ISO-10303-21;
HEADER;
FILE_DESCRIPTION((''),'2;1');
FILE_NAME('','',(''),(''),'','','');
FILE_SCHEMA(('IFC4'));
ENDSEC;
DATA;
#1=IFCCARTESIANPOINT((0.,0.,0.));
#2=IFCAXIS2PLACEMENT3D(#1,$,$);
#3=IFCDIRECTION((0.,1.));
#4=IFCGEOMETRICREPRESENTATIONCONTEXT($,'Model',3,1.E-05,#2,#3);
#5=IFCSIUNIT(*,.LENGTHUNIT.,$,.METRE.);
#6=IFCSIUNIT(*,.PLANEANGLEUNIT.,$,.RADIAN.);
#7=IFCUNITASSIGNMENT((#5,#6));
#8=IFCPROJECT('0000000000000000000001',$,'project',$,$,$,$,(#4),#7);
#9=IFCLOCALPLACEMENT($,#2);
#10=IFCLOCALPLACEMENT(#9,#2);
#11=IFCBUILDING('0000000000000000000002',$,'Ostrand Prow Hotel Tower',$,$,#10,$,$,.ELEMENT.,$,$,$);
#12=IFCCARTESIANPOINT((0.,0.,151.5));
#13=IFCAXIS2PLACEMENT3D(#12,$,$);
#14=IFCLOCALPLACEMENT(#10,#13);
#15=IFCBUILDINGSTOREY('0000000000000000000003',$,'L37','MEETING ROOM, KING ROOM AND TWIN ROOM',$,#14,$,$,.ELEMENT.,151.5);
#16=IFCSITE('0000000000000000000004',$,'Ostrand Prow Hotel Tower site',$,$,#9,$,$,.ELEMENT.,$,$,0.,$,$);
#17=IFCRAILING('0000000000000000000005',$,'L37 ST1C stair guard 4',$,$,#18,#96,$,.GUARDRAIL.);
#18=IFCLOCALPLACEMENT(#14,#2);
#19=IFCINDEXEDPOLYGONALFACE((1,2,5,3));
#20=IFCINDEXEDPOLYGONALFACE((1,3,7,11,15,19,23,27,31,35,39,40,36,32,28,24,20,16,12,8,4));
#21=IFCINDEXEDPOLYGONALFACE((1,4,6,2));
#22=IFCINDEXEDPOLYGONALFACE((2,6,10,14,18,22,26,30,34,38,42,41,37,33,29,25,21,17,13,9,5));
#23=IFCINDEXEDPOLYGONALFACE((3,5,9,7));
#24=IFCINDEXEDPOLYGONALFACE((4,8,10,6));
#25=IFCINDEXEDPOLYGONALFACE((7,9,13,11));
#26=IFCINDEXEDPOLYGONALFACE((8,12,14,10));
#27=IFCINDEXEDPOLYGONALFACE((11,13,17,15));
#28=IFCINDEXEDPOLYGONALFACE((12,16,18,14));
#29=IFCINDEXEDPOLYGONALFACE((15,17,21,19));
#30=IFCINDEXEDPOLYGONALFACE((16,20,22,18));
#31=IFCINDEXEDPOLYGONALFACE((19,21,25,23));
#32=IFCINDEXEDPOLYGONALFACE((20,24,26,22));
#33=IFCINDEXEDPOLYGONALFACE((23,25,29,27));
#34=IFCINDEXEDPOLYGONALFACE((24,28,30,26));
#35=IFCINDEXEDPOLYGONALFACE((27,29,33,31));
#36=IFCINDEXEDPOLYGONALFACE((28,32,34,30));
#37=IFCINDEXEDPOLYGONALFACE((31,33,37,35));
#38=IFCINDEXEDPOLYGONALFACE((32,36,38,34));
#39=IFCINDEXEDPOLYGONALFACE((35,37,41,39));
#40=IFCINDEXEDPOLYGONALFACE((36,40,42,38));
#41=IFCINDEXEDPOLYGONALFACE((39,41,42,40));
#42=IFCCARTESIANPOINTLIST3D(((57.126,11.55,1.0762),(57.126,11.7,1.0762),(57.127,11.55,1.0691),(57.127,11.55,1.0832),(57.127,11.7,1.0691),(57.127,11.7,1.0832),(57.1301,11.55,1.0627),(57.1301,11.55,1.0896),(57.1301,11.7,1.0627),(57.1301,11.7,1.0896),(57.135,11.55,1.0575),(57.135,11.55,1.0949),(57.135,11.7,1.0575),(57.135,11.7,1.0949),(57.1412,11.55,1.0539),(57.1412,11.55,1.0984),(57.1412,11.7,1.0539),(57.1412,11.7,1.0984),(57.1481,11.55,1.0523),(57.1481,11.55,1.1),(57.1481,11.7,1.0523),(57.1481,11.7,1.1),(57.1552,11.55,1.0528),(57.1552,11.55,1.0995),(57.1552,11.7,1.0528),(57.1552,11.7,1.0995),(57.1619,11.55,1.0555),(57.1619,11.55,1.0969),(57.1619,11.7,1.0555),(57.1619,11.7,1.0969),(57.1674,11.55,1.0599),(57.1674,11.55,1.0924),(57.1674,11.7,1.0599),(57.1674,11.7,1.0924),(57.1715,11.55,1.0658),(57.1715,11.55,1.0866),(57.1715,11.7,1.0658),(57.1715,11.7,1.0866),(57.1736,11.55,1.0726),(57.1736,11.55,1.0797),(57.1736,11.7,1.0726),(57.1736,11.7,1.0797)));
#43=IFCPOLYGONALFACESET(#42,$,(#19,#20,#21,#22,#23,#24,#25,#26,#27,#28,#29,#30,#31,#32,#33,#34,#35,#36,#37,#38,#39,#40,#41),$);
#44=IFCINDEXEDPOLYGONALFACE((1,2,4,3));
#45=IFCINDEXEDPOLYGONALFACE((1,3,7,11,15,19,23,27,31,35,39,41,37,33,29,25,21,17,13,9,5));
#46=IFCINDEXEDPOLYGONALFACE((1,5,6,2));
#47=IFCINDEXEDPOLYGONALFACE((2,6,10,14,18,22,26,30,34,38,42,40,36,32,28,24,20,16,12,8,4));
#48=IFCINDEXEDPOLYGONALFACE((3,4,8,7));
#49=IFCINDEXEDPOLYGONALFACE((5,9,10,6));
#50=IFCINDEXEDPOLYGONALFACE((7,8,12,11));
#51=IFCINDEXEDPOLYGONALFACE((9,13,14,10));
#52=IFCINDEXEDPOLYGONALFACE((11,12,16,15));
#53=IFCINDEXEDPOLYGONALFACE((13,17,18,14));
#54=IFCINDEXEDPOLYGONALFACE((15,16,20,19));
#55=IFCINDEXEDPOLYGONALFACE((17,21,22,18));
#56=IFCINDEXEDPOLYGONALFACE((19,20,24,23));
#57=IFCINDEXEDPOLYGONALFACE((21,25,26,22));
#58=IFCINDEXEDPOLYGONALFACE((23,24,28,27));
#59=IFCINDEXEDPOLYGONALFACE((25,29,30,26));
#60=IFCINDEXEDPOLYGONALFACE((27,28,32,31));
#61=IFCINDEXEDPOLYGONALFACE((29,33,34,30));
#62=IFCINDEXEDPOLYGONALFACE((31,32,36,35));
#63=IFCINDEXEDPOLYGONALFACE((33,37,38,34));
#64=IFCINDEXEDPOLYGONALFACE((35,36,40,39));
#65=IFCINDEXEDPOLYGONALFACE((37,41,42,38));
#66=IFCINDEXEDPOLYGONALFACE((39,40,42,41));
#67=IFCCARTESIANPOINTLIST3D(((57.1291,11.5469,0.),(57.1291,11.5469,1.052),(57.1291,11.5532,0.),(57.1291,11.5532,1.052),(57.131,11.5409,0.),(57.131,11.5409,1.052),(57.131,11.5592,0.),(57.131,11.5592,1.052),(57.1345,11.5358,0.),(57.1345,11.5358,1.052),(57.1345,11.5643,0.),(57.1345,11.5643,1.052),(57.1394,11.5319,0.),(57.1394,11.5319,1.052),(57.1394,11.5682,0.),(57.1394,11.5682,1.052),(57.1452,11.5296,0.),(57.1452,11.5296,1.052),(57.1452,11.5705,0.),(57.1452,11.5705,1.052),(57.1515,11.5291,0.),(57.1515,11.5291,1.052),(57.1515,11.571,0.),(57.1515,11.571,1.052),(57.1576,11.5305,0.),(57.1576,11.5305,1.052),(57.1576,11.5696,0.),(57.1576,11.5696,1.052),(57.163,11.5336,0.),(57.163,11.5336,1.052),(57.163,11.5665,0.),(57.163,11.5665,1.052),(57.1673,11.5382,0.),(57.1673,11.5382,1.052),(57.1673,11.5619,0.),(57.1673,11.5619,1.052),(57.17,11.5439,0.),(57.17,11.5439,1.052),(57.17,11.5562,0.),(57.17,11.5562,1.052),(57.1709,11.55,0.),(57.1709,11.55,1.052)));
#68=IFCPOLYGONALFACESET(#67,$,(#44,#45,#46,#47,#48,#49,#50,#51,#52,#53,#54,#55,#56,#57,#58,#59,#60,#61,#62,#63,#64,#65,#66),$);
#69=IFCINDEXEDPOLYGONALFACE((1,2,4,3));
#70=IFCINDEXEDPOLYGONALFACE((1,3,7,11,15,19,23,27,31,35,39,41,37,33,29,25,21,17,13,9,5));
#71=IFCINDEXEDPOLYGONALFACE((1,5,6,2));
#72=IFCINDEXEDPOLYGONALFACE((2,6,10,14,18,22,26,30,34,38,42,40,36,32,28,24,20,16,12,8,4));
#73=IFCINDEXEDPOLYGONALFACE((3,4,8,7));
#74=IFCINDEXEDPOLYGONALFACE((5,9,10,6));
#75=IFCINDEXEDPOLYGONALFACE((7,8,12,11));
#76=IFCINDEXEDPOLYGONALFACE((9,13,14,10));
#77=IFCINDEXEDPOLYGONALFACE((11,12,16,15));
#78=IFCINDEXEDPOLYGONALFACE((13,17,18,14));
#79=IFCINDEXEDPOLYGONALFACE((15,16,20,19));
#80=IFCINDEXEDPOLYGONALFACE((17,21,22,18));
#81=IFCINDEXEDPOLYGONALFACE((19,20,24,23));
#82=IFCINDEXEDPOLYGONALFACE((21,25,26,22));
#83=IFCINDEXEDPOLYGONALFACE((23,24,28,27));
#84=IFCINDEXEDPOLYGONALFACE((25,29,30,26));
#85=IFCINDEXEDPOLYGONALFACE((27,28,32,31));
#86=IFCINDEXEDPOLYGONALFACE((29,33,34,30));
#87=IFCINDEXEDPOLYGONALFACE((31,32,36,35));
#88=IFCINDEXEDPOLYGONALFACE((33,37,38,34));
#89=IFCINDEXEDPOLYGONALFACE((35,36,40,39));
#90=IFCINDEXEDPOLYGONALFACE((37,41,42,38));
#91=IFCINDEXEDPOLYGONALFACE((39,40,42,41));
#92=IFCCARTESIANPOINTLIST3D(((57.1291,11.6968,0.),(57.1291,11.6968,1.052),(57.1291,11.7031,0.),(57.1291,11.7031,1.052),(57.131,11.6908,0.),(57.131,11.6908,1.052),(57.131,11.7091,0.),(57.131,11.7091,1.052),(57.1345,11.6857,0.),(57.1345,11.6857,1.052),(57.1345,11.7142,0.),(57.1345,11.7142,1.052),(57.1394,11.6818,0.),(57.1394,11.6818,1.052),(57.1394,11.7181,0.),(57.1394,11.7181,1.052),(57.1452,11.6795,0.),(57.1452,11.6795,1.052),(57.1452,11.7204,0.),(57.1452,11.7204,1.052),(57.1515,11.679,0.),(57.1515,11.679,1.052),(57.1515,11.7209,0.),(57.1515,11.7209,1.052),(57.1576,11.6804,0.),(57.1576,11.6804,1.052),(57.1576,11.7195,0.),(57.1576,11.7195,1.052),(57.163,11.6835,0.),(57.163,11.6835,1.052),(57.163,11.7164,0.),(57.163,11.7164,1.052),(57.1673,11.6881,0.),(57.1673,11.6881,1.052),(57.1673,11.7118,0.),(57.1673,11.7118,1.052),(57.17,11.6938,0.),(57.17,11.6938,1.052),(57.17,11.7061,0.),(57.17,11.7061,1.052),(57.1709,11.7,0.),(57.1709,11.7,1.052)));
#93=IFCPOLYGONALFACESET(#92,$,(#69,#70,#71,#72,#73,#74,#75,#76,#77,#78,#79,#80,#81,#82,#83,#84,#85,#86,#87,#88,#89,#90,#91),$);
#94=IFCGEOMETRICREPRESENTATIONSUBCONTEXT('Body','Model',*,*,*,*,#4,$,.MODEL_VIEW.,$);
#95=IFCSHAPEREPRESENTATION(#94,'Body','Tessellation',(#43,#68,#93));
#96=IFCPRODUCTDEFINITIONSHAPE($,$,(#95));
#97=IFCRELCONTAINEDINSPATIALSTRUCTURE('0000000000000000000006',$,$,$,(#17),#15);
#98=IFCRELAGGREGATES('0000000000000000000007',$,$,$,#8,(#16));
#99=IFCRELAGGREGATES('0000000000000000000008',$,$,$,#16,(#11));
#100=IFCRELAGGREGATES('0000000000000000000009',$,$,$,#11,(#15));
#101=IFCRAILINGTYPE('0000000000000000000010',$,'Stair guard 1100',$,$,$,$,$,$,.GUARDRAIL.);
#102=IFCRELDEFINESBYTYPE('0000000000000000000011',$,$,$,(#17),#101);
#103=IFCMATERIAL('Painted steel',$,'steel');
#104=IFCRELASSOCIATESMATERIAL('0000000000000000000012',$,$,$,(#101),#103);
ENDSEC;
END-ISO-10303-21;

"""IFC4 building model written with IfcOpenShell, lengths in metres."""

from ifc_helpers import new_model, si_unit, direction, frame, origin, origin_2d, place, context, subcontext, project, spatial, circle, extrude, material, type_object, element, save


model = new_model("IFC4")

# Units and contexts
model_context = context("Model", 3, precision=1e-05, world=origin(), true_north=direction((0.0, 1.0)))
body_context = subcontext(model_context, "Body", "Model", "MODEL_VIEW")
ifc_project = project(units=[si_unit("LENGTHUNIT", "METRE"), si_unit("PLANEANGLEUNIT", "RADIAN")], contexts=[model_context])

# Site, building, storey
site_placement = place(None, origin())
site = spatial("IfcSite", under=ifc_project, at=site_placement, Name="Ostrand Prow Hotel Tower site", CompositionType="ELEMENT", RefElevation=0.0)
building_placement = place(site_placement, origin())
building = spatial("IfcBuilding", under=site, at=building_placement, Name="Ostrand Prow Hotel Tower", CompositionType="ELEMENT")
storey_placement = place(building_placement, frame((0.0, 0.0, 151.5)))
storey = spatial("IfcBuildingStorey", under=building, at=storey_placement, Name="L37", Description="MEETING ROOM, KING ROOM AND TWIN ROOM", CompositionType="ELEMENT", Elevation=151.5)

# Railing
ifc_material_1 = material(Name="Painted steel", Category="steel")
railing_type_1 = type_object("IfcRailingType", Name="Stair guard 1100", PredefinedType="GUARDRAIL", material=ifc_material_1)
railing_1_placement = place(storey_placement, frame((57.1499, 11.55, 0.0)))
element("IfcRailing", 1, at=railing_1_placement, inside=storey, type_object=railing_type_1, Name="L37 ST1C stair guard 4", PredefinedType="GUARDRAIL", context=body_context, shape_type="SweptSolid", body=[
    extrude(circle(Radius=0.0239, at=origin_2d()), frame((0.0, 0.0, 1.0762), z_axis=(0.0, 1.0, 0.0), x_axis=(-1.0, 0.0, 0.0)), (0.0, 0.0, 1.0), 0.1499),
    extrude(circle(Radius=0.021, at=origin_2d()), origin(), (0.0, 0.0, 1.0), 1.052),
    extrude(circle(Radius=0.021, at=origin_2d()), frame((0.0, 0.1499, 0.0)), (0.0, 0.0, 1.0), 1.052),
])

save(model, "model.ifc")
